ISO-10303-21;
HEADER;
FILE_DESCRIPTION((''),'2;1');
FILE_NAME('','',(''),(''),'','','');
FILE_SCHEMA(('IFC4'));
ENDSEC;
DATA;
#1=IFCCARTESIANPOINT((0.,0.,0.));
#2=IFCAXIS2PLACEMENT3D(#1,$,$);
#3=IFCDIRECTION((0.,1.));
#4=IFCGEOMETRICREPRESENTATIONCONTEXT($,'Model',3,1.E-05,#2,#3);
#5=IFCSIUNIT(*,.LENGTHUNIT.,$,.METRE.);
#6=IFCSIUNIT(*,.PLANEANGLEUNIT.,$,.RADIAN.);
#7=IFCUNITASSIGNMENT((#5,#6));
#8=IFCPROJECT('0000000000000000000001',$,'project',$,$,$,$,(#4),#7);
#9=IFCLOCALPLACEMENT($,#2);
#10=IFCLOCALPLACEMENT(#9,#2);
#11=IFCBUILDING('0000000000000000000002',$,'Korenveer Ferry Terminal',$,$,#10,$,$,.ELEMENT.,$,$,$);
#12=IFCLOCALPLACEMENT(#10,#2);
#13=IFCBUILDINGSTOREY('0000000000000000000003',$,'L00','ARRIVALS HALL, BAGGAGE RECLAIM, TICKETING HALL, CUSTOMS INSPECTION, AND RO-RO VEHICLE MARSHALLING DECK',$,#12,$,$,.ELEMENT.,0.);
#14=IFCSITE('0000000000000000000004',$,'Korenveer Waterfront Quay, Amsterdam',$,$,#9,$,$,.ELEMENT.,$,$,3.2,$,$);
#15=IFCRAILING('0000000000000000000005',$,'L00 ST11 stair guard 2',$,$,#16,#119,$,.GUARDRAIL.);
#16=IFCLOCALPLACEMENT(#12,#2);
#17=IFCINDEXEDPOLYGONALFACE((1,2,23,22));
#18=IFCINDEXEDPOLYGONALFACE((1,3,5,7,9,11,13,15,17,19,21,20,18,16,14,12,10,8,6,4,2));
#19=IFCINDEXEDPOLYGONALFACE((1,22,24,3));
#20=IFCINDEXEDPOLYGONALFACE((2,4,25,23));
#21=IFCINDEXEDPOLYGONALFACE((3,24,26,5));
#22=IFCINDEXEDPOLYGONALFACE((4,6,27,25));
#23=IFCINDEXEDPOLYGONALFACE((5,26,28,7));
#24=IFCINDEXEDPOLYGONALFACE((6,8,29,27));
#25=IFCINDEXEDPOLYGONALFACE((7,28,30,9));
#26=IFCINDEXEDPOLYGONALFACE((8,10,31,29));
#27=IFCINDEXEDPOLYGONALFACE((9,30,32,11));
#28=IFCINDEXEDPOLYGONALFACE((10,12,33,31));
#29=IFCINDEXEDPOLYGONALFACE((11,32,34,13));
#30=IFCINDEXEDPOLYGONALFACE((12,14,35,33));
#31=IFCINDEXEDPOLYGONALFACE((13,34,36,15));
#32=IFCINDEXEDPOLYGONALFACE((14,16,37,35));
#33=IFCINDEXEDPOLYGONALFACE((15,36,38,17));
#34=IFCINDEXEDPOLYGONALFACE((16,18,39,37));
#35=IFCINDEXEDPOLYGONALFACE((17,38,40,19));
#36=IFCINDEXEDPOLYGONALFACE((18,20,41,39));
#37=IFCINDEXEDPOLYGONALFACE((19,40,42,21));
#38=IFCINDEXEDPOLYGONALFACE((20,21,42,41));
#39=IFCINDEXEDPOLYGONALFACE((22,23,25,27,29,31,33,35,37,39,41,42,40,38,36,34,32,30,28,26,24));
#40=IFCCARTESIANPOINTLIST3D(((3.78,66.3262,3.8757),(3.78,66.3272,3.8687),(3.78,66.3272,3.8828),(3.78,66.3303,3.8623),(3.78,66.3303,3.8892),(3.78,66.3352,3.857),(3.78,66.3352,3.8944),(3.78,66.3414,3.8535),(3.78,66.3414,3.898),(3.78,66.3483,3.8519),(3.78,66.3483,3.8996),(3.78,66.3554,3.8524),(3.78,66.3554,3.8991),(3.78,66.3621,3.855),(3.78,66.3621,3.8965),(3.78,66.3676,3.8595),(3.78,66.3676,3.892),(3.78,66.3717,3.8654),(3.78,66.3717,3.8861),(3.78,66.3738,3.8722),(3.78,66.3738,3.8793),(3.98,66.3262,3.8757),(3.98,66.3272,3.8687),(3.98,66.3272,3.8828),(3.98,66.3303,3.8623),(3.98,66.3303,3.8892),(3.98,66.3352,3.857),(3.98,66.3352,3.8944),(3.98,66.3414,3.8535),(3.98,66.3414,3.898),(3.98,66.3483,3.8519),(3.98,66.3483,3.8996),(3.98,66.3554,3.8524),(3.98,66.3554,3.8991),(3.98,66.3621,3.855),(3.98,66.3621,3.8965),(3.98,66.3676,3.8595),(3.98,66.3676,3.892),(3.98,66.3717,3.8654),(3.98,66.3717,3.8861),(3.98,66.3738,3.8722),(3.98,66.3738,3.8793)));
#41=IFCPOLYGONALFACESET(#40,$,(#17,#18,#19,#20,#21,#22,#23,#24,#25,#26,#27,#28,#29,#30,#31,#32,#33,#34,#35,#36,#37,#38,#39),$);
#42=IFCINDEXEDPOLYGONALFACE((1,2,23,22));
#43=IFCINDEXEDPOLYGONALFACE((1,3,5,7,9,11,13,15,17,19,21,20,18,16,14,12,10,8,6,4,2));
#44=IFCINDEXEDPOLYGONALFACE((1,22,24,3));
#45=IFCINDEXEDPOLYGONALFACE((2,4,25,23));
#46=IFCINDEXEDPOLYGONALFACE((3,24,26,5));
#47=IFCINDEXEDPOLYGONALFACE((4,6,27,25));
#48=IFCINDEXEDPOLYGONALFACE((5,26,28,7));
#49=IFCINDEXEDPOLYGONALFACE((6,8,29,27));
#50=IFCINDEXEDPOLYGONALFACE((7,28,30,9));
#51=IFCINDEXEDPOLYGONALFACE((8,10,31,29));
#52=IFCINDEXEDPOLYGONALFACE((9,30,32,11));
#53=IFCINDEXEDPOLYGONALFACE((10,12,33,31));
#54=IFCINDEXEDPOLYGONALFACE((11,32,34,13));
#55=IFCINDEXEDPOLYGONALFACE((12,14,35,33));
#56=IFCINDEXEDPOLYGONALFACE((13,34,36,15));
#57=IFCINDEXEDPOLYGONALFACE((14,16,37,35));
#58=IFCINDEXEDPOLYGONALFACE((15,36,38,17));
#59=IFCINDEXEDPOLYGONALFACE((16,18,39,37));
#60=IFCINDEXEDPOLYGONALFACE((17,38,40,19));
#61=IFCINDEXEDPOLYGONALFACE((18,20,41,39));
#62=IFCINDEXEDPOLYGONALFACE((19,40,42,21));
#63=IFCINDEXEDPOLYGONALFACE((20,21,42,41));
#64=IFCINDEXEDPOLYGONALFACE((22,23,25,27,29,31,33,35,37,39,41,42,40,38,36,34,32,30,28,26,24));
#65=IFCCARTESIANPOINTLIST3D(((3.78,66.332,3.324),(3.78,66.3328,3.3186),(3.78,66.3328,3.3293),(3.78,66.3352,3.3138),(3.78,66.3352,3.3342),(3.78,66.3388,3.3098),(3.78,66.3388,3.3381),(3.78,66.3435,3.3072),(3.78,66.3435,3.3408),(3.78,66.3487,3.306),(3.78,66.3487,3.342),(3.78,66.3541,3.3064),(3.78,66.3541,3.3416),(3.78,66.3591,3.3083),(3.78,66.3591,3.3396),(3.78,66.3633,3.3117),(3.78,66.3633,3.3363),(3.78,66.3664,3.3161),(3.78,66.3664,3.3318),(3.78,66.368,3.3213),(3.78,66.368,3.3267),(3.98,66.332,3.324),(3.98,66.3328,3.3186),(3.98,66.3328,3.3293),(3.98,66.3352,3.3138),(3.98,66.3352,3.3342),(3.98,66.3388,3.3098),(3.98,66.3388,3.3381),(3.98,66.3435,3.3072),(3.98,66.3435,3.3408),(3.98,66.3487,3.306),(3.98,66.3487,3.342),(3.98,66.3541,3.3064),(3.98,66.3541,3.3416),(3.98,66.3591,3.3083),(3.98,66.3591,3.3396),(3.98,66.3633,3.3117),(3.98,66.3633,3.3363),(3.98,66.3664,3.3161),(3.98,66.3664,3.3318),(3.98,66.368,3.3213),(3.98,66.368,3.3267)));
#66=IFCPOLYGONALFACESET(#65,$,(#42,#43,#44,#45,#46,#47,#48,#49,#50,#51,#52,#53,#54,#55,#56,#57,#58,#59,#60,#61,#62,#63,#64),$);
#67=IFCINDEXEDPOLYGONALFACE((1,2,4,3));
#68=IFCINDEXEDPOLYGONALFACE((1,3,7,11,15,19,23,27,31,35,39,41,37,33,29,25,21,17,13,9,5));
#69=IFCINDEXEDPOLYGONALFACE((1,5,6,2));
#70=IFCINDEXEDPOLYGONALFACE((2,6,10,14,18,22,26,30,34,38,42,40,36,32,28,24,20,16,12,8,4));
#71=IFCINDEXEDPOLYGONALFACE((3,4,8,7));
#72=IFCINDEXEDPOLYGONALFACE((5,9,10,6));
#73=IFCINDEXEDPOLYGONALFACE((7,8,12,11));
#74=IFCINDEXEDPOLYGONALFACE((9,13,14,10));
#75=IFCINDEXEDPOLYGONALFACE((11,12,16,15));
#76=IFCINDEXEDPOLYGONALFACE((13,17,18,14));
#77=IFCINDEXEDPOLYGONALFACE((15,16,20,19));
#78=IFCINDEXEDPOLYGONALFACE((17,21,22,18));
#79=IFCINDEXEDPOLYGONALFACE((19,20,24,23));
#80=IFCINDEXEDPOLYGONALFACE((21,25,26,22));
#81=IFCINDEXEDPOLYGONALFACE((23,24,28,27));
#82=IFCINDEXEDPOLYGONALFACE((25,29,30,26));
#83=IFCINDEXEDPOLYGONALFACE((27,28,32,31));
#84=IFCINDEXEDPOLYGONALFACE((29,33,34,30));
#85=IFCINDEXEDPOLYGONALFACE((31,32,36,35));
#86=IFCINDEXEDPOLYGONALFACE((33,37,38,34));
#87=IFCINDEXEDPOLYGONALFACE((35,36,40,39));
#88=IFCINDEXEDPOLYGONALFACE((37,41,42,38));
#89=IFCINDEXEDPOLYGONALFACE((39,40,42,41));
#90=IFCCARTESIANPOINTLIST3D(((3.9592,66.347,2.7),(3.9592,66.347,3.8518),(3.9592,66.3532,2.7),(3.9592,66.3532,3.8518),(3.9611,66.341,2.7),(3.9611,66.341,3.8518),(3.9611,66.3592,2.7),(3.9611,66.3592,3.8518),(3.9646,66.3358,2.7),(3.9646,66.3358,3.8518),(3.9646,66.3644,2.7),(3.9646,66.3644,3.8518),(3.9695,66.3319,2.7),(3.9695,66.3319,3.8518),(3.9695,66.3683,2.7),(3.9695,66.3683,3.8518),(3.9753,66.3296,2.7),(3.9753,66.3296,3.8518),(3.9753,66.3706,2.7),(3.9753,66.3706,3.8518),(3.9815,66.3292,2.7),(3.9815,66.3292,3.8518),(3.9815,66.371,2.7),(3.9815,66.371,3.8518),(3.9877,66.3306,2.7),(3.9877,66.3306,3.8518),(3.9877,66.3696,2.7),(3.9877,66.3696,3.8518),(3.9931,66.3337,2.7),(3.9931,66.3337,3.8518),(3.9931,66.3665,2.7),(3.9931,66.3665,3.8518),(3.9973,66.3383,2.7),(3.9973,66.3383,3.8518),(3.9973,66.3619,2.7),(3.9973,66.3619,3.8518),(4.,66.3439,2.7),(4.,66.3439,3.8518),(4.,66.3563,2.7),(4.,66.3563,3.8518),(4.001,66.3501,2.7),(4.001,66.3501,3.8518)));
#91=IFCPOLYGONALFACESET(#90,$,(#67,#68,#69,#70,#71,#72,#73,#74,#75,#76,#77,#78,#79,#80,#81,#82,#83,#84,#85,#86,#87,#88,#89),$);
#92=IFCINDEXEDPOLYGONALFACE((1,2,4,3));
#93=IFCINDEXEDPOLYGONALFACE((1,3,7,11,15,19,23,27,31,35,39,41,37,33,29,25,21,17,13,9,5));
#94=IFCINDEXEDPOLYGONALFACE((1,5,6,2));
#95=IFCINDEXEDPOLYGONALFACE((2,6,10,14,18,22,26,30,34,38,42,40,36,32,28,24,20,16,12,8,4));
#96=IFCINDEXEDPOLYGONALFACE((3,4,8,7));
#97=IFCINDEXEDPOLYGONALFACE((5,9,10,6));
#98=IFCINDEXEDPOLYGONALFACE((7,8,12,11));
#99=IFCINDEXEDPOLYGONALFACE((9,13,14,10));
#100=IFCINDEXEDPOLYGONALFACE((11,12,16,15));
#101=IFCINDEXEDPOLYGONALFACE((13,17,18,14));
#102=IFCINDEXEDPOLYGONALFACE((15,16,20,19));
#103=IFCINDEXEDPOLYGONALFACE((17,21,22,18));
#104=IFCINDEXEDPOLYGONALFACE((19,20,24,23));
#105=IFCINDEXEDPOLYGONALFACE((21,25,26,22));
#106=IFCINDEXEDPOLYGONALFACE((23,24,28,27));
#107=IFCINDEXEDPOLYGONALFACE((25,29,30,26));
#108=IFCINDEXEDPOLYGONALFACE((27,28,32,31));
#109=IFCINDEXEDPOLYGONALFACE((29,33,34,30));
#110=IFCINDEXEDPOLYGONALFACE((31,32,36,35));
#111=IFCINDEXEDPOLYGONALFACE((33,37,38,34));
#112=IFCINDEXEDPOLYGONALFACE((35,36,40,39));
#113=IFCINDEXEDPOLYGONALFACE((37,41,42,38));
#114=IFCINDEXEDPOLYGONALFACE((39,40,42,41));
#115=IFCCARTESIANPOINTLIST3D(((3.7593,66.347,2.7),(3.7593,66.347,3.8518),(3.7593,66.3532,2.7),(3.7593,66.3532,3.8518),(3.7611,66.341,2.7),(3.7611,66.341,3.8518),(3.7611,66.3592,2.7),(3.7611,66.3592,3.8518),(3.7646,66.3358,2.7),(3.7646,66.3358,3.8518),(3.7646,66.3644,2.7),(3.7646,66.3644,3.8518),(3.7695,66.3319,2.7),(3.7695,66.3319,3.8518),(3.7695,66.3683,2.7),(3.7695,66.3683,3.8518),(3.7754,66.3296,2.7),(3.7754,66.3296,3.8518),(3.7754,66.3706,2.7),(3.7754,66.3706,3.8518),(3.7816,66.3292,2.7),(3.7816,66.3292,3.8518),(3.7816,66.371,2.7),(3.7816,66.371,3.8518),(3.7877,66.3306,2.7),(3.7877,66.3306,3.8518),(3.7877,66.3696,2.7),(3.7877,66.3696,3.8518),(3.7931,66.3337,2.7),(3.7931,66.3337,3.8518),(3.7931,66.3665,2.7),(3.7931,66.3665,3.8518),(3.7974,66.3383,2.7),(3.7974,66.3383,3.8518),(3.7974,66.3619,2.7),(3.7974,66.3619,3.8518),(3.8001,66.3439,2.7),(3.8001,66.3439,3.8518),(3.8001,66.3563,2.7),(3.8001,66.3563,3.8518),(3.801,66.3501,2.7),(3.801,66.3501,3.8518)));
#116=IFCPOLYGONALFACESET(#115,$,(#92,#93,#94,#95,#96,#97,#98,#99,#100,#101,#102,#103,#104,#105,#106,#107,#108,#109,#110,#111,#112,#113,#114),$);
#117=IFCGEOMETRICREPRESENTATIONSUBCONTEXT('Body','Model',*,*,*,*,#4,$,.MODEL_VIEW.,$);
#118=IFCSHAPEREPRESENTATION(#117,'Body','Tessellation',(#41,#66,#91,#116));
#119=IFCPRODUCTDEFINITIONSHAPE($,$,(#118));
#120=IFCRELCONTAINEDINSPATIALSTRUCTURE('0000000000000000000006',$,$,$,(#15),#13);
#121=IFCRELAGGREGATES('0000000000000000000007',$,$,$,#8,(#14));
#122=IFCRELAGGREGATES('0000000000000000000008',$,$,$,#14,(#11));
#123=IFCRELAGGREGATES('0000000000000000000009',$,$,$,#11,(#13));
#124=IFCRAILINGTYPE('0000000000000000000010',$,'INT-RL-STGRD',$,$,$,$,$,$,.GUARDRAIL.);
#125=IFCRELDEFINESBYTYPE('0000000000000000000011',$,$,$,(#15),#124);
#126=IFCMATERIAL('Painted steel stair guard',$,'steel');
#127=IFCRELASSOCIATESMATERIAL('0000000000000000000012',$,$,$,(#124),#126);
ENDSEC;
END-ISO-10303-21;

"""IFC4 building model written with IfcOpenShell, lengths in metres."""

from ifc_helpers import new_model, si_unit, direction, frame, origin, origin_2d, place, context, subcontext, project, spatial, circle, extrude, material, type_object, element, save


model = new_model("IFC4")

# Units and contexts
model_context = context("Model", 3, precision=1e-05, world=origin(), true_north=direction((0.0, 1.0)))
body_context = subcontext(model_context, "Body", "Model", "MODEL_VIEW")
ifc_project = project(units=[si_unit("LENGTHUNIT", "METRE"), si_unit("PLANEANGLEUNIT", "RADIAN")], contexts=[model_context])

# Site, building, storey
site_placement = place(None, origin())
site = spatial("IfcSite", under=ifc_project, at=site_placement, Name="Korenveer Waterfront Quay, Amsterdam", CompositionType="ELEMENT", RefElevation=3.2)
building_placement = place(site_placement, origin())
building = spatial("IfcBuilding", under=site, at=building_placement, Name="Korenveer Ferry Terminal", CompositionType="ELEMENT")
storey_placement = place(building_placement, origin())
storey = spatial("IfcBuildingStorey", under=building, at=storey_placement, Name="L00", Description="ARRIVALS HALL, BAGGAGE RECLAIM, TICKETING HALL, CUSTOMS INSPECTION, AND RO-RO VEHICLE MARSHALLING DECK", CompositionType="ELEMENT", Elevation=0.0)

# Railing
ifc_material_1 = material(Name="Painted steel stair guard", Category="steel")
railing_type_1 = type_object("IfcRailingType", Name="INT-RL-STGRD", PredefinedType="GUARDRAIL", material=ifc_material_1)
railing_1_placement = place(storey_placement, frame((3.98, 66.3501, 2.7)))
element("IfcRailing", 1, at=railing_1_placement, inside=storey, type_object=railing_type_1, Name="L00 ST11 stair guard 2", PredefinedType="GUARDRAIL", context=body_context, shape_type="SweptSolid", body=[
    extrude(circle(Radius=0.0239, at=origin_2d()), frame((0.0, 0.0, 1.1758), z_axis=(-1.0, 0.0, 0.0), x_axis=(0.0, -1.0, 0.0)), (0.0, 0.0, 1.0), 0.2),
    extrude(circle(Radius=0.0181, at=origin_2d()), frame((0.0, 0.0, 0.624), z_axis=(-1.0, 0.0, 0.0), x_axis=(0.0, -1.0, 0.0)), (0.0, 0.0, 1.0), 0.2),
    extrude(circle(Radius=0.021, at=origin_2d()), origin(), (0.0, 0.0, 1.0), 1.1519),
    extrude(circle(Radius=0.021, at=origin_2d()), frame((-0.2, 0.0, 0.0)), (0.0, 0.0, 1.0), 1.1519),
])

save(model, "model.ifc")
